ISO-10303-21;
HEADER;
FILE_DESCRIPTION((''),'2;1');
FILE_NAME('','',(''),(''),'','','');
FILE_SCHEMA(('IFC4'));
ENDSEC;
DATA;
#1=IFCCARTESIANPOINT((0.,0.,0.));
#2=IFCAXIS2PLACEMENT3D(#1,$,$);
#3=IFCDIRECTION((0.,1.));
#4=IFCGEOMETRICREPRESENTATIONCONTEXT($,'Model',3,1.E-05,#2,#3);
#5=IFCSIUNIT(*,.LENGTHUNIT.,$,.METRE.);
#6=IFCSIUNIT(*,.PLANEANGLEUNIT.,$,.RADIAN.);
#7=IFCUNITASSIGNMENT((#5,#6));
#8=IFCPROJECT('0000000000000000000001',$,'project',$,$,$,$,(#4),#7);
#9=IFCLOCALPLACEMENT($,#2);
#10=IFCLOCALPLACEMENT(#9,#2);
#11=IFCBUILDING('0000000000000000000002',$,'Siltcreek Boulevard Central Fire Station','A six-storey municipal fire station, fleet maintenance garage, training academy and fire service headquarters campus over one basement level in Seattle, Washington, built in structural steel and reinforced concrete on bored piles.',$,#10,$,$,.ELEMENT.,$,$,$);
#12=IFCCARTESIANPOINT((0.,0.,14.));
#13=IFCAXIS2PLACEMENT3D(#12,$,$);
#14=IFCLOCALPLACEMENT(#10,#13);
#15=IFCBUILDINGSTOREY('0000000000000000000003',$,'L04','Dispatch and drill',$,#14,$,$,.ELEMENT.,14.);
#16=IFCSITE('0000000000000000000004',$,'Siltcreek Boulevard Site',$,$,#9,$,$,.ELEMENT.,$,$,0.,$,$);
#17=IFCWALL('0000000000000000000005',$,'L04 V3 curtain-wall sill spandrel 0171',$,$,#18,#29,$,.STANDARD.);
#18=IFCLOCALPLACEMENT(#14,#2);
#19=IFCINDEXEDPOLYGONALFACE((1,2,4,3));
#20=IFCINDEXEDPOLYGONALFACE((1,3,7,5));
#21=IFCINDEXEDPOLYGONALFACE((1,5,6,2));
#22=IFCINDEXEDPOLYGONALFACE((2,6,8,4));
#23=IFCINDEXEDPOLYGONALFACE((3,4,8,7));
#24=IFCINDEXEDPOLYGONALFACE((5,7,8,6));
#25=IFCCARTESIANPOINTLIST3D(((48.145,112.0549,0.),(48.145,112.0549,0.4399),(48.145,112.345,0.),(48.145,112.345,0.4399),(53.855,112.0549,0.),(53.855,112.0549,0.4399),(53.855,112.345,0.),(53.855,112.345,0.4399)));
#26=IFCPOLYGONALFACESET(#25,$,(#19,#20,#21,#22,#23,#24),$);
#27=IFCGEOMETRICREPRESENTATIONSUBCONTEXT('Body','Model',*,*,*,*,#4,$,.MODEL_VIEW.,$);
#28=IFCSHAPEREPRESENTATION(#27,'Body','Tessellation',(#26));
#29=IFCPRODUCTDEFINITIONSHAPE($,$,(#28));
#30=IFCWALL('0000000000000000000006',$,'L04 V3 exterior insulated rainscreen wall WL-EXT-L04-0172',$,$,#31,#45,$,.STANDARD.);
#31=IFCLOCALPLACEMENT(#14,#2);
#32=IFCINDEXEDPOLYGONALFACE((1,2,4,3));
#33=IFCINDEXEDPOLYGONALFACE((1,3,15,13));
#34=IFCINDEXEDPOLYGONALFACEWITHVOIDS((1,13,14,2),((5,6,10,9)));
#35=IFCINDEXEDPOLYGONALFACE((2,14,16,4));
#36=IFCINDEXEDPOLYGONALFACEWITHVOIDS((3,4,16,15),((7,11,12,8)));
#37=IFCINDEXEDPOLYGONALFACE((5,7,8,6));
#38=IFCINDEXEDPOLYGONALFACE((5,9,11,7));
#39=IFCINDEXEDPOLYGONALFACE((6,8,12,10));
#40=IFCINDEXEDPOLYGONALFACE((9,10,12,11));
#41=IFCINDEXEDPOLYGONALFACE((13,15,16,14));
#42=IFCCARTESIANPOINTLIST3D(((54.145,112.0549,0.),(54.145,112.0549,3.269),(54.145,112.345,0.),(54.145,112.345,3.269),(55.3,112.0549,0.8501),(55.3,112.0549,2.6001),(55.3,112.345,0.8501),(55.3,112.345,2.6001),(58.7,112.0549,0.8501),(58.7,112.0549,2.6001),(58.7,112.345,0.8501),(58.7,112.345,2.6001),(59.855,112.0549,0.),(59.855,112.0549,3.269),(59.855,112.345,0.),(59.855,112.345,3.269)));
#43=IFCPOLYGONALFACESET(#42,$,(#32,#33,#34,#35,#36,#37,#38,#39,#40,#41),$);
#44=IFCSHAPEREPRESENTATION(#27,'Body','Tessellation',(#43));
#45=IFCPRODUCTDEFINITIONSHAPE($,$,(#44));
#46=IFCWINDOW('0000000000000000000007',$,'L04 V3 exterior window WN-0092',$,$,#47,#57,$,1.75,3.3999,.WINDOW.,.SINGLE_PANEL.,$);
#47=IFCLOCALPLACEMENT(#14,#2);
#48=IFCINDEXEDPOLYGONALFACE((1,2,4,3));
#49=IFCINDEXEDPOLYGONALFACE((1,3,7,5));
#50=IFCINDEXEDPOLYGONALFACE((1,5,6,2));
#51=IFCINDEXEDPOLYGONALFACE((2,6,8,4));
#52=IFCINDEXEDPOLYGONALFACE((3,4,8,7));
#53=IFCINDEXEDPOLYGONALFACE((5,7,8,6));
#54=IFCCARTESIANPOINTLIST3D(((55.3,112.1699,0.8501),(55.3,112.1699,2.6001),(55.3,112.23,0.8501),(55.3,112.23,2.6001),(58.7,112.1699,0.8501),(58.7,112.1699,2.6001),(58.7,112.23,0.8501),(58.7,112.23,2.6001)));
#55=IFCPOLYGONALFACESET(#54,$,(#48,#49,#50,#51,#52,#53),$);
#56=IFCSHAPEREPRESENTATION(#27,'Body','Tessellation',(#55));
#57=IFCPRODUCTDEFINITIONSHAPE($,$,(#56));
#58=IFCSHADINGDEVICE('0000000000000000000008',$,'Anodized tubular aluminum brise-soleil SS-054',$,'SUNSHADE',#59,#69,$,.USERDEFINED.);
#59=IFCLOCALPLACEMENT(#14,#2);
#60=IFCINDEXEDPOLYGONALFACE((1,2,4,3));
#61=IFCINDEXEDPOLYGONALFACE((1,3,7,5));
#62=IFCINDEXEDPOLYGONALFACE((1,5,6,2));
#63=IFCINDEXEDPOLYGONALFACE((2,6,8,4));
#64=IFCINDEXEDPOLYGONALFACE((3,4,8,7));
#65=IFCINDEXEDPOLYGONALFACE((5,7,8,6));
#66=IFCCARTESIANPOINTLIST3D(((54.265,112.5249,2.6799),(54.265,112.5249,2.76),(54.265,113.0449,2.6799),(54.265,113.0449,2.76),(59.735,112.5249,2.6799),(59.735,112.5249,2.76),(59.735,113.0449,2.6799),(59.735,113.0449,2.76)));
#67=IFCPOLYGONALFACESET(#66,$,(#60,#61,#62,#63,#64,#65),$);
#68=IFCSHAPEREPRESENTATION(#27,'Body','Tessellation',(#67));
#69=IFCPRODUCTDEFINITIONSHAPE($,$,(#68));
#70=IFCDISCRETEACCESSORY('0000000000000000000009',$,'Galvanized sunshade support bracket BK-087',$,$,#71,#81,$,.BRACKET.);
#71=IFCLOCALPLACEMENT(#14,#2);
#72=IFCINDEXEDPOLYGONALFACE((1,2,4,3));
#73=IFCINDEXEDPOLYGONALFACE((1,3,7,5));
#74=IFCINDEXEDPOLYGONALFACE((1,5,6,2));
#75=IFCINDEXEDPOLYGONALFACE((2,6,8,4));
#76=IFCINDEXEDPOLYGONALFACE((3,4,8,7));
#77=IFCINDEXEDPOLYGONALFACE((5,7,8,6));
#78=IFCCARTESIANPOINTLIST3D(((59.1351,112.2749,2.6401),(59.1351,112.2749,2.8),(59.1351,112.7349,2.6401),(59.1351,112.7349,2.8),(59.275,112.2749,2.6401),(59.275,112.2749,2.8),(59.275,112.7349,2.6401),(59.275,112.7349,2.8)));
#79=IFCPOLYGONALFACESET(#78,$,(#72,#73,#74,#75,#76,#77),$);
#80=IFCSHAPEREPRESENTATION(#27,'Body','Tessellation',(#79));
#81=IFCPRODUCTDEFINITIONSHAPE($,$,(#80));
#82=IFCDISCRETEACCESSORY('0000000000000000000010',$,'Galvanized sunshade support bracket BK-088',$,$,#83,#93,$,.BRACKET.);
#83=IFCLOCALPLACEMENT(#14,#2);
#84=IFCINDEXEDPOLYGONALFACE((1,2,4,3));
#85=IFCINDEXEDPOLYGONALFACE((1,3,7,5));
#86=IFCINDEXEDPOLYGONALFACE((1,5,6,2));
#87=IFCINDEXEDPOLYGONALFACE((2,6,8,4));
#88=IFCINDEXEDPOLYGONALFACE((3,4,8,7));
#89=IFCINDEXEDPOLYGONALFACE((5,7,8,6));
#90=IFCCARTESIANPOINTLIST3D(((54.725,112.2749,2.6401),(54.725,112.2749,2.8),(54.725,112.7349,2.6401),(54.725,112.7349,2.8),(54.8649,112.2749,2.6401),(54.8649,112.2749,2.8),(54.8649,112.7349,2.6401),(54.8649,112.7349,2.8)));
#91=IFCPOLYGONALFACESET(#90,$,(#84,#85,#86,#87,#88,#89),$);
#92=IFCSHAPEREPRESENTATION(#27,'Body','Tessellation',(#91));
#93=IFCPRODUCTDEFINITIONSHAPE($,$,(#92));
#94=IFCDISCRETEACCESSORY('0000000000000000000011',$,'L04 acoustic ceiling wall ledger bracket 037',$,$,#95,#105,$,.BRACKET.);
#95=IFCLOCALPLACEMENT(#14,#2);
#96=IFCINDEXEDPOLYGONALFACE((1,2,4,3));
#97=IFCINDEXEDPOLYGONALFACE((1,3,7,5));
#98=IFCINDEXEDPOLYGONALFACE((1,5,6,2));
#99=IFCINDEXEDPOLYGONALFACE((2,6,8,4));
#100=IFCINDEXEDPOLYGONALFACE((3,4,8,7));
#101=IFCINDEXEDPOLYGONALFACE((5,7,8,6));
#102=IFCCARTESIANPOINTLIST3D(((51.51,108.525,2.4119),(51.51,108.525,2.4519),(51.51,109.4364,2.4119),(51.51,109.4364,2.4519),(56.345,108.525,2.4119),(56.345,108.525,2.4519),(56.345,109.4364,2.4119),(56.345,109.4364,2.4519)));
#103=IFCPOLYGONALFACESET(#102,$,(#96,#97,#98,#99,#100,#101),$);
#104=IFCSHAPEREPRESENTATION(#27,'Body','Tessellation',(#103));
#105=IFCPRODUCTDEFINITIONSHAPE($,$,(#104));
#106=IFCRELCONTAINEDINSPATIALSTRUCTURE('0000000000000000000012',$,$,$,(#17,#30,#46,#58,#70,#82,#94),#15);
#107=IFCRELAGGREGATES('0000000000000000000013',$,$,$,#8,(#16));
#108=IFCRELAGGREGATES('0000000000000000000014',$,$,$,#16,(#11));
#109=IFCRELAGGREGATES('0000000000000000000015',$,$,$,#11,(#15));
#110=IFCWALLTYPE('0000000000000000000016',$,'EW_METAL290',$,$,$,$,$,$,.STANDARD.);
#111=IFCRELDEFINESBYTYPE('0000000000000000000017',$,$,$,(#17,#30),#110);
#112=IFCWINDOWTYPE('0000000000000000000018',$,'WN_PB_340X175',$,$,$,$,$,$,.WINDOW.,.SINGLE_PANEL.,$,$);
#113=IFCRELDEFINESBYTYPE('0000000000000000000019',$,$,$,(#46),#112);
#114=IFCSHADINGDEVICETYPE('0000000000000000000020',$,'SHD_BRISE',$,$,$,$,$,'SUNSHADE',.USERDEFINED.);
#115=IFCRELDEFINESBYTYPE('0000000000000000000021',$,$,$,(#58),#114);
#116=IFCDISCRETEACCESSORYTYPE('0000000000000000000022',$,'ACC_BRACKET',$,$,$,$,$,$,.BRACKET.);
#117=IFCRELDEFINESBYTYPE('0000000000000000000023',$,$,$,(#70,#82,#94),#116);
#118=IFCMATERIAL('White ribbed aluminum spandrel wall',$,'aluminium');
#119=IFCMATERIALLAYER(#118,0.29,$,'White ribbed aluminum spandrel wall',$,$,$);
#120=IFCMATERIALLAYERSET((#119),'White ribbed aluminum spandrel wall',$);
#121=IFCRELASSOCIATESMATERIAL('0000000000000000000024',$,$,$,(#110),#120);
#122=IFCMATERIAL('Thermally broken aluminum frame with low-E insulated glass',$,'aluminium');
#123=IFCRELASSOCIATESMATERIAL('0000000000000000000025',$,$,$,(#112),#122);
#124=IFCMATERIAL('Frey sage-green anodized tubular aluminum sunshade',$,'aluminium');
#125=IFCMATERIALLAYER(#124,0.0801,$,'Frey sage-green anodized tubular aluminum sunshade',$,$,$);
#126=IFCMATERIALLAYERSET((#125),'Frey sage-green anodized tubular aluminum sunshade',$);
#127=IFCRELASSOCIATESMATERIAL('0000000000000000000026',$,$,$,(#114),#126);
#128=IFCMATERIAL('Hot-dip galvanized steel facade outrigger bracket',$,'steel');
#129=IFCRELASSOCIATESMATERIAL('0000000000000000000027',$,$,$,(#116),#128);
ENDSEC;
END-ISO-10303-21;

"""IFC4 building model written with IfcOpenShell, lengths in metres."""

from ifc_helpers import new_model, si_unit, direction, frame, frame_2d, origin, origin_2d, place, context, subcontext, project, spatial, rectangle, extrude, material, layer, layer_set, type_object, element, fill, save


model = new_model("IFC4")

# Units and contexts
model_context = context("Model", 3, precision=1e-05, world=origin(), true_north=direction((0.0, 1.0)))
body_context = subcontext(model_context, "Body", "Model", "MODEL_VIEW")
ifc_project = project(units=[si_unit("LENGTHUNIT", "METRE"), si_unit("PLANEANGLEUNIT", "RADIAN")], contexts=[model_context])

# Site, building, storey
site_placement = place(None, origin())
site = spatial("IfcSite", under=ifc_project, at=site_placement, Name="Siltcreek Boulevard Site", CompositionType="ELEMENT", RefElevation=0.0)
building_placement = place(site_placement, origin())
building = spatial("IfcBuilding", under=site, at=building_placement, Name="Siltcreek Boulevard Central Fire Station", Description="A six-storey municipal fire station, fleet maintenance garage, training academy and fire service headquarters campus over one basement level in Seattle, Washington, built in structural steel and reinforced concrete on bored piles.", CompositionType="ELEMENT")
storey_placement = place(building_placement, frame((0.0, 0.0, 14.0)))
storey = spatial("IfcBuildingStorey", under=building, at=storey_placement, Name="L04", Description="Dispatch and drill", CompositionType="ELEMENT", Elevation=14.0)

# Wall
ifc_material_1 = material(Name="White ribbed aluminum spandrel wall", Category="aluminium")
ifc_layer_1 = layer(ifc_material_1, 0.29, Name="White ribbed aluminum spandrel wall")
ifc_layer_set_1 = layer_set([ifc_layer_1], Name="White ribbed aluminum spandrel wall")
wall_type = type_object("IfcWallType", Name="EW_METAL290", PredefinedType="STANDARD", material=ifc_layer_set_1)
wall_1_placement = place(storey_placement, frame((53.855, 112.2, 0.0), z_axis=(0.0, 0.0, 1.0), x_axis=(-1.0, 0.0, 0.0)))
element("IfcWall", 1, at=wall_1_placement, inside=storey, type_object=wall_type, Name="L04 V3 curtain-wall sill spandrel 0171", PredefinedType="STANDARD", context=body_context, shape_type="SweptSolid", body=[
    extrude(rectangle(XDim=5.71, YDim=0.29, at=frame_2d((2.855, 0.0))), origin(), (0.0, 0.0, 1.0), 0.4399),
])

# Wall, opening, window
wall_2_placement = place(storey_placement, frame((59.855, 112.2, 0.0), z_axis=(0.0, 0.0, 1.0), x_axis=(-1.0, 0.0, 0.0)))
wall_2 = element("IfcWall", 2, at=wall_2_placement, inside=storey, type_object=wall_type, Name="L04 V3 exterior insulated rainscreen wall WL-EXT-L04-0172", PredefinedType="STANDARD", context=body_context, shape_type="SweptSolid", body=[
    extrude(rectangle(XDim=5.71, YDim=0.29, at=frame_2d((2.855, 0.0))), origin(), (0.0, 0.0, 1.0), 3.269),
])
opening_placement = place(wall_2_placement, frame((1.155, 0.0, 0.8501)))
opening = element("IfcOpeningElement", 3, at=opening_placement, cuts=wall_2, PredefinedType="OPENING", context=body_context, shape_type="SweptSolid", body=[
    extrude(rectangle(XDim=3.3999, YDim=1.75, at=frame_2d((1.7, 0.875))), frame((0.0, 0.155, 0.0), z_axis=(0.0, -1.0, 0.0), x_axis=(1.0, 0.0, 0.0)), (0.0, 0.0, 1.0), 0.3101),
])
ifc_material_2 = material(Name="Thermally broken aluminum frame with low-E insulated glass", Category="aluminium")
window_type = type_object("IfcWindowType", Name="WN_PB_340X175", PartitioningType="SINGLE_PANEL", PredefinedType="WINDOW", material=ifc_material_2)
window_placement = place(opening_placement, origin())
window = element("IfcWindow", 4, at=window_placement, inside=storey, type_object=window_type, Name="L04 V3 exterior window WN-0092", OverallHeight=1.75, OverallWidth=3.3999, PartitioningType="SINGLE_PANEL", PredefinedType="WINDOW", context=body_context, shape_type="SweptSolid", body=[
    extrude(rectangle(XDim=3.3999, YDim=1.75, at=frame_2d((1.7, 0.875))), frame((0.0, 0.03, 0.0), z_axis=(0.0, -1.0, 0.0), x_axis=(1.0, 0.0, 0.0)), (0.0, 0.0, 1.0), 0.0601),
])
fill(opening, window)

# Shading device
ifc_material_3 = material(Name="Frey sage-green anodized tubular aluminum sunshade", Category="aluminium")
ifc_layer_2 = layer(ifc_material_3, 0.0801, Name="Frey sage-green anodized tubular aluminum sunshade")
ifc_layer_set_2 = layer_set([ifc_layer_2], Name="Frey sage-green anodized tubular aluminum sunshade")
shading_device_type = type_object("IfcShadingDeviceType", Name="SHD_BRISE", ElementType="SUNSHADE", PredefinedType="USERDEFINED", material=ifc_layer_set_2)
shading_device_placement = place(storey_placement, frame((57.0, 112.7849, 2.6799), z_axis=(0.0, 0.0, 1.0), x_axis=(-1.0, 0.0, 0.0)))
element("IfcShadingDevice", 5, at=shading_device_placement, inside=storey, type_object=shading_device_type, Name="Anodized tubular aluminum brise-soleil SS-054", ObjectType="SUNSHADE", PredefinedType="USERDEFINED", context=body_context, shape_type="SweptSolid", body=[
    extrude(rectangle(XDim=5.47, YDim=0.52, at=origin_2d()), origin(), (0.0, 0.0, 1.0), 0.0801),
])

# Discrete accessories
ifc_material_4 = material(Name="Hot-dip galvanized steel facade outrigger bracket", Category="steel")
discrete_accessory_type = type_object("IfcDiscreteAccessoryType", Name="ACC_BRACKET", PredefinedType="BRACKET", material=ifc_material_4)
for number, where, z_axis, x_axis, name in (
    (6, (59.2051, 112.5049, 2.6401), (0.0, 0.0, 1.0), (-1.0, 0.0, 0.0), "Galvanized sunshade support bracket BK-087"),
    (7, (54.7949, 112.5049, 2.6401), (0.0, 0.0, 1.0), (-1.0, 0.0, 0.0), "Galvanized sunshade support bracket BK-088"),
):
    element("IfcDiscreteAccessory", number, at=place(storey_placement, frame(where, z_axis=z_axis, x_axis=x_axis)), inside=storey, type_object=discrete_accessory_type, Name=name, PredefinedType="BRACKET", context=body_context, shape_type="SweptSolid", body=[
        extrude(rectangle(XDim=0.1399, YDim=0.46, at=origin_2d()), origin(), (0.0, 0.0, 1.0), 0.1599),
    ])
discrete_accessory_placement = place(storey_placement, frame((53.9275, 108.9807, 2.4119), z_axis=(0.0, 0.0, 1.0), x_axis=(1.0, 0.0, 0.0)))
element("IfcDiscreteAccessory", 8, at=discrete_accessory_placement, inside=storey, type_object=discrete_accessory_type, Name="L04 acoustic ceiling wall ledger bracket 037", PredefinedType="BRACKET", context=body_context, shape_type="SweptSolid", body=[
    extrude(rectangle(XDim=4.835, YDim=0.9114, at=origin_2d()), origin(), (0.0, 0.0, 1.0), 0.04),
])

save(model, "model.ifc")
